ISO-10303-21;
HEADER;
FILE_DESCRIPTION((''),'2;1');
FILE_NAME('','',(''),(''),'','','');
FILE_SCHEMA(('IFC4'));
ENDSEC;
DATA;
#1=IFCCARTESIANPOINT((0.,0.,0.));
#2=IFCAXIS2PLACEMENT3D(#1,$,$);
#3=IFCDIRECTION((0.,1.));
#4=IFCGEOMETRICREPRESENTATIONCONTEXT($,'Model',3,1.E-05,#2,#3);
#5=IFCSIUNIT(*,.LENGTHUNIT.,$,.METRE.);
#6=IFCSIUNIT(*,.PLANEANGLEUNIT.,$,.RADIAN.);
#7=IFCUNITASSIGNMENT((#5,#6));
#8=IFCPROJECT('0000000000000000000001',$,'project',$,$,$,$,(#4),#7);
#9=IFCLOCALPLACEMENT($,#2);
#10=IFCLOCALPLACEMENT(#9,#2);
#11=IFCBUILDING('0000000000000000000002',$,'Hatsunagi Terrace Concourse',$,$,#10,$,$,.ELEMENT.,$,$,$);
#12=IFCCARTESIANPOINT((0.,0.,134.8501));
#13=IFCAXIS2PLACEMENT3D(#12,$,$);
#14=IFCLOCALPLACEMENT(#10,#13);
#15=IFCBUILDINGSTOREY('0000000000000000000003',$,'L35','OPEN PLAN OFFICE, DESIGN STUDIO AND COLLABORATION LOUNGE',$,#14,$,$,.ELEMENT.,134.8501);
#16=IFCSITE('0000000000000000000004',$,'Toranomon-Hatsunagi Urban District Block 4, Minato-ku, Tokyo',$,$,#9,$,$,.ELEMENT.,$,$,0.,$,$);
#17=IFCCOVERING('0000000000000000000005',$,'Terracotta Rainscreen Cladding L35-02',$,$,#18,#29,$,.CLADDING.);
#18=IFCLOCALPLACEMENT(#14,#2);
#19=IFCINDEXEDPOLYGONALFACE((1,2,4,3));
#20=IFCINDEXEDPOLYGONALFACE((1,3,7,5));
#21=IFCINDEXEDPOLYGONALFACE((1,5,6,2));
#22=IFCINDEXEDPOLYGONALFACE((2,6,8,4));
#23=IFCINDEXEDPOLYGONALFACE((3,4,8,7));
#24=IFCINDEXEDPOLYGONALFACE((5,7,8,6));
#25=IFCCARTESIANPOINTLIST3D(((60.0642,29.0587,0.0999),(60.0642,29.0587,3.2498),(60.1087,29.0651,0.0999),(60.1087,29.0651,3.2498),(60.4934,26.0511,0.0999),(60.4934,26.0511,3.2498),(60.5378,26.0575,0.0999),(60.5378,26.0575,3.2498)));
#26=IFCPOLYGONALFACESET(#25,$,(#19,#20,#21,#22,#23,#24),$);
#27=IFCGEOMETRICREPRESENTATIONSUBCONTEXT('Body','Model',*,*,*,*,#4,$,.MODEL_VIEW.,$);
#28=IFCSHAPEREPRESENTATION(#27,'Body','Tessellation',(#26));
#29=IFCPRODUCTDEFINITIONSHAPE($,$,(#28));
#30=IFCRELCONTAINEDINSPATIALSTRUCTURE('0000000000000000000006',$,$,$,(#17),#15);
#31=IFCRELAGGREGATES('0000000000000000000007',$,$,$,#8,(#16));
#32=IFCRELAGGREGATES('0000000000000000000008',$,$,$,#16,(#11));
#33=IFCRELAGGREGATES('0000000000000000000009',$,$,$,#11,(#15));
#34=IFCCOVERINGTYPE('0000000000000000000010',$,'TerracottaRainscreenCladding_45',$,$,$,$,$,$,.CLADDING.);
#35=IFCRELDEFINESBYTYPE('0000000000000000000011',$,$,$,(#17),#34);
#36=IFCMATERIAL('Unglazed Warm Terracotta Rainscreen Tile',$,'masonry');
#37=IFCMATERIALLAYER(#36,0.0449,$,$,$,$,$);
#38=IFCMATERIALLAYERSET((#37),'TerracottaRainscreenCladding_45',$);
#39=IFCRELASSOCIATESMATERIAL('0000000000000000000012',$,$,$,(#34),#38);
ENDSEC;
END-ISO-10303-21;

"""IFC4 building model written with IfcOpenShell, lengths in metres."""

from ifc_helpers import new_model, si_unit, direction, frame, origin, origin_2d, place, context, subcontext, project, spatial, rectangle, extrude, material, layer, layer_set, type_object, element, save


model = new_model("IFC4")

# Units and contexts
model_context = context("Model", 3, precision=1e-05, world=origin(), true_north=direction((0.0, 1.0)))
body_context = subcontext(model_context, "Body", "Model", "MODEL_VIEW")
ifc_project = project(units=[si_unit("LENGTHUNIT", "METRE"), si_unit("PLANEANGLEUNIT", "RADIAN")], contexts=[model_context])

# Site, building, storey
site_placement = place(None, origin())
site = spatial("IfcSite", under=ifc_project, at=site_placement, Name="Toranomon-Hatsunagi Urban District Block 4, Minato-ku, Tokyo", CompositionType="ELEMENT", RefElevation=0.0)
building_placement = place(site_placement, origin())
building = spatial("IfcBuilding", under=site, at=building_placement, Name="Hatsunagi Terrace Concourse", CompositionType="ELEMENT")
storey_placement = place(building_placement, frame((0.0, 0.0, 134.8501)))
storey = spatial("IfcBuildingStorey", under=building, at=storey_placement, Name="L35", Description="OPEN PLAN OFFICE, DESIGN STUDIO AND COLLABORATION LOUNGE", CompositionType="ELEMENT", Elevation=134.8501)

# Covering
ifc_material_1 = material(Name="Unglazed Warm Terracotta Rainscreen Tile", Category="masonry")
ifc_layer_1 = layer(ifc_material_1, 0.0449)
ifc_layer_set_1 = layer_set([ifc_layer_1], Name="TerracottaRainscreenCladding_45")
covering_type = type_object("IfcCoveringType", Name="TerracottaRainscreenCladding_45", PredefinedType="CLADDING", material=ifc_layer_set_1)
covering_placement = place(storey_placement, frame((60.301, 27.5581, 0.0999), z_axis=(0.0, 0.0, 1.0), x_axis=(0.14125, -0.989974, 0.0)))
element("IfcCovering", 1, at=covering_placement, inside=storey, type_object=covering_type, Name="Terracotta Rainscreen Cladding L35-02", PredefinedType="CLADDING", context=body_context, shape_type="SweptSolid", body=[
    extrude(rectangle(XDim=3.0381, YDim=0.0449, at=origin_2d()), origin(), (0.0, 0.0, 1.0), 3.1499),
])

save(model, "model.ifc")
